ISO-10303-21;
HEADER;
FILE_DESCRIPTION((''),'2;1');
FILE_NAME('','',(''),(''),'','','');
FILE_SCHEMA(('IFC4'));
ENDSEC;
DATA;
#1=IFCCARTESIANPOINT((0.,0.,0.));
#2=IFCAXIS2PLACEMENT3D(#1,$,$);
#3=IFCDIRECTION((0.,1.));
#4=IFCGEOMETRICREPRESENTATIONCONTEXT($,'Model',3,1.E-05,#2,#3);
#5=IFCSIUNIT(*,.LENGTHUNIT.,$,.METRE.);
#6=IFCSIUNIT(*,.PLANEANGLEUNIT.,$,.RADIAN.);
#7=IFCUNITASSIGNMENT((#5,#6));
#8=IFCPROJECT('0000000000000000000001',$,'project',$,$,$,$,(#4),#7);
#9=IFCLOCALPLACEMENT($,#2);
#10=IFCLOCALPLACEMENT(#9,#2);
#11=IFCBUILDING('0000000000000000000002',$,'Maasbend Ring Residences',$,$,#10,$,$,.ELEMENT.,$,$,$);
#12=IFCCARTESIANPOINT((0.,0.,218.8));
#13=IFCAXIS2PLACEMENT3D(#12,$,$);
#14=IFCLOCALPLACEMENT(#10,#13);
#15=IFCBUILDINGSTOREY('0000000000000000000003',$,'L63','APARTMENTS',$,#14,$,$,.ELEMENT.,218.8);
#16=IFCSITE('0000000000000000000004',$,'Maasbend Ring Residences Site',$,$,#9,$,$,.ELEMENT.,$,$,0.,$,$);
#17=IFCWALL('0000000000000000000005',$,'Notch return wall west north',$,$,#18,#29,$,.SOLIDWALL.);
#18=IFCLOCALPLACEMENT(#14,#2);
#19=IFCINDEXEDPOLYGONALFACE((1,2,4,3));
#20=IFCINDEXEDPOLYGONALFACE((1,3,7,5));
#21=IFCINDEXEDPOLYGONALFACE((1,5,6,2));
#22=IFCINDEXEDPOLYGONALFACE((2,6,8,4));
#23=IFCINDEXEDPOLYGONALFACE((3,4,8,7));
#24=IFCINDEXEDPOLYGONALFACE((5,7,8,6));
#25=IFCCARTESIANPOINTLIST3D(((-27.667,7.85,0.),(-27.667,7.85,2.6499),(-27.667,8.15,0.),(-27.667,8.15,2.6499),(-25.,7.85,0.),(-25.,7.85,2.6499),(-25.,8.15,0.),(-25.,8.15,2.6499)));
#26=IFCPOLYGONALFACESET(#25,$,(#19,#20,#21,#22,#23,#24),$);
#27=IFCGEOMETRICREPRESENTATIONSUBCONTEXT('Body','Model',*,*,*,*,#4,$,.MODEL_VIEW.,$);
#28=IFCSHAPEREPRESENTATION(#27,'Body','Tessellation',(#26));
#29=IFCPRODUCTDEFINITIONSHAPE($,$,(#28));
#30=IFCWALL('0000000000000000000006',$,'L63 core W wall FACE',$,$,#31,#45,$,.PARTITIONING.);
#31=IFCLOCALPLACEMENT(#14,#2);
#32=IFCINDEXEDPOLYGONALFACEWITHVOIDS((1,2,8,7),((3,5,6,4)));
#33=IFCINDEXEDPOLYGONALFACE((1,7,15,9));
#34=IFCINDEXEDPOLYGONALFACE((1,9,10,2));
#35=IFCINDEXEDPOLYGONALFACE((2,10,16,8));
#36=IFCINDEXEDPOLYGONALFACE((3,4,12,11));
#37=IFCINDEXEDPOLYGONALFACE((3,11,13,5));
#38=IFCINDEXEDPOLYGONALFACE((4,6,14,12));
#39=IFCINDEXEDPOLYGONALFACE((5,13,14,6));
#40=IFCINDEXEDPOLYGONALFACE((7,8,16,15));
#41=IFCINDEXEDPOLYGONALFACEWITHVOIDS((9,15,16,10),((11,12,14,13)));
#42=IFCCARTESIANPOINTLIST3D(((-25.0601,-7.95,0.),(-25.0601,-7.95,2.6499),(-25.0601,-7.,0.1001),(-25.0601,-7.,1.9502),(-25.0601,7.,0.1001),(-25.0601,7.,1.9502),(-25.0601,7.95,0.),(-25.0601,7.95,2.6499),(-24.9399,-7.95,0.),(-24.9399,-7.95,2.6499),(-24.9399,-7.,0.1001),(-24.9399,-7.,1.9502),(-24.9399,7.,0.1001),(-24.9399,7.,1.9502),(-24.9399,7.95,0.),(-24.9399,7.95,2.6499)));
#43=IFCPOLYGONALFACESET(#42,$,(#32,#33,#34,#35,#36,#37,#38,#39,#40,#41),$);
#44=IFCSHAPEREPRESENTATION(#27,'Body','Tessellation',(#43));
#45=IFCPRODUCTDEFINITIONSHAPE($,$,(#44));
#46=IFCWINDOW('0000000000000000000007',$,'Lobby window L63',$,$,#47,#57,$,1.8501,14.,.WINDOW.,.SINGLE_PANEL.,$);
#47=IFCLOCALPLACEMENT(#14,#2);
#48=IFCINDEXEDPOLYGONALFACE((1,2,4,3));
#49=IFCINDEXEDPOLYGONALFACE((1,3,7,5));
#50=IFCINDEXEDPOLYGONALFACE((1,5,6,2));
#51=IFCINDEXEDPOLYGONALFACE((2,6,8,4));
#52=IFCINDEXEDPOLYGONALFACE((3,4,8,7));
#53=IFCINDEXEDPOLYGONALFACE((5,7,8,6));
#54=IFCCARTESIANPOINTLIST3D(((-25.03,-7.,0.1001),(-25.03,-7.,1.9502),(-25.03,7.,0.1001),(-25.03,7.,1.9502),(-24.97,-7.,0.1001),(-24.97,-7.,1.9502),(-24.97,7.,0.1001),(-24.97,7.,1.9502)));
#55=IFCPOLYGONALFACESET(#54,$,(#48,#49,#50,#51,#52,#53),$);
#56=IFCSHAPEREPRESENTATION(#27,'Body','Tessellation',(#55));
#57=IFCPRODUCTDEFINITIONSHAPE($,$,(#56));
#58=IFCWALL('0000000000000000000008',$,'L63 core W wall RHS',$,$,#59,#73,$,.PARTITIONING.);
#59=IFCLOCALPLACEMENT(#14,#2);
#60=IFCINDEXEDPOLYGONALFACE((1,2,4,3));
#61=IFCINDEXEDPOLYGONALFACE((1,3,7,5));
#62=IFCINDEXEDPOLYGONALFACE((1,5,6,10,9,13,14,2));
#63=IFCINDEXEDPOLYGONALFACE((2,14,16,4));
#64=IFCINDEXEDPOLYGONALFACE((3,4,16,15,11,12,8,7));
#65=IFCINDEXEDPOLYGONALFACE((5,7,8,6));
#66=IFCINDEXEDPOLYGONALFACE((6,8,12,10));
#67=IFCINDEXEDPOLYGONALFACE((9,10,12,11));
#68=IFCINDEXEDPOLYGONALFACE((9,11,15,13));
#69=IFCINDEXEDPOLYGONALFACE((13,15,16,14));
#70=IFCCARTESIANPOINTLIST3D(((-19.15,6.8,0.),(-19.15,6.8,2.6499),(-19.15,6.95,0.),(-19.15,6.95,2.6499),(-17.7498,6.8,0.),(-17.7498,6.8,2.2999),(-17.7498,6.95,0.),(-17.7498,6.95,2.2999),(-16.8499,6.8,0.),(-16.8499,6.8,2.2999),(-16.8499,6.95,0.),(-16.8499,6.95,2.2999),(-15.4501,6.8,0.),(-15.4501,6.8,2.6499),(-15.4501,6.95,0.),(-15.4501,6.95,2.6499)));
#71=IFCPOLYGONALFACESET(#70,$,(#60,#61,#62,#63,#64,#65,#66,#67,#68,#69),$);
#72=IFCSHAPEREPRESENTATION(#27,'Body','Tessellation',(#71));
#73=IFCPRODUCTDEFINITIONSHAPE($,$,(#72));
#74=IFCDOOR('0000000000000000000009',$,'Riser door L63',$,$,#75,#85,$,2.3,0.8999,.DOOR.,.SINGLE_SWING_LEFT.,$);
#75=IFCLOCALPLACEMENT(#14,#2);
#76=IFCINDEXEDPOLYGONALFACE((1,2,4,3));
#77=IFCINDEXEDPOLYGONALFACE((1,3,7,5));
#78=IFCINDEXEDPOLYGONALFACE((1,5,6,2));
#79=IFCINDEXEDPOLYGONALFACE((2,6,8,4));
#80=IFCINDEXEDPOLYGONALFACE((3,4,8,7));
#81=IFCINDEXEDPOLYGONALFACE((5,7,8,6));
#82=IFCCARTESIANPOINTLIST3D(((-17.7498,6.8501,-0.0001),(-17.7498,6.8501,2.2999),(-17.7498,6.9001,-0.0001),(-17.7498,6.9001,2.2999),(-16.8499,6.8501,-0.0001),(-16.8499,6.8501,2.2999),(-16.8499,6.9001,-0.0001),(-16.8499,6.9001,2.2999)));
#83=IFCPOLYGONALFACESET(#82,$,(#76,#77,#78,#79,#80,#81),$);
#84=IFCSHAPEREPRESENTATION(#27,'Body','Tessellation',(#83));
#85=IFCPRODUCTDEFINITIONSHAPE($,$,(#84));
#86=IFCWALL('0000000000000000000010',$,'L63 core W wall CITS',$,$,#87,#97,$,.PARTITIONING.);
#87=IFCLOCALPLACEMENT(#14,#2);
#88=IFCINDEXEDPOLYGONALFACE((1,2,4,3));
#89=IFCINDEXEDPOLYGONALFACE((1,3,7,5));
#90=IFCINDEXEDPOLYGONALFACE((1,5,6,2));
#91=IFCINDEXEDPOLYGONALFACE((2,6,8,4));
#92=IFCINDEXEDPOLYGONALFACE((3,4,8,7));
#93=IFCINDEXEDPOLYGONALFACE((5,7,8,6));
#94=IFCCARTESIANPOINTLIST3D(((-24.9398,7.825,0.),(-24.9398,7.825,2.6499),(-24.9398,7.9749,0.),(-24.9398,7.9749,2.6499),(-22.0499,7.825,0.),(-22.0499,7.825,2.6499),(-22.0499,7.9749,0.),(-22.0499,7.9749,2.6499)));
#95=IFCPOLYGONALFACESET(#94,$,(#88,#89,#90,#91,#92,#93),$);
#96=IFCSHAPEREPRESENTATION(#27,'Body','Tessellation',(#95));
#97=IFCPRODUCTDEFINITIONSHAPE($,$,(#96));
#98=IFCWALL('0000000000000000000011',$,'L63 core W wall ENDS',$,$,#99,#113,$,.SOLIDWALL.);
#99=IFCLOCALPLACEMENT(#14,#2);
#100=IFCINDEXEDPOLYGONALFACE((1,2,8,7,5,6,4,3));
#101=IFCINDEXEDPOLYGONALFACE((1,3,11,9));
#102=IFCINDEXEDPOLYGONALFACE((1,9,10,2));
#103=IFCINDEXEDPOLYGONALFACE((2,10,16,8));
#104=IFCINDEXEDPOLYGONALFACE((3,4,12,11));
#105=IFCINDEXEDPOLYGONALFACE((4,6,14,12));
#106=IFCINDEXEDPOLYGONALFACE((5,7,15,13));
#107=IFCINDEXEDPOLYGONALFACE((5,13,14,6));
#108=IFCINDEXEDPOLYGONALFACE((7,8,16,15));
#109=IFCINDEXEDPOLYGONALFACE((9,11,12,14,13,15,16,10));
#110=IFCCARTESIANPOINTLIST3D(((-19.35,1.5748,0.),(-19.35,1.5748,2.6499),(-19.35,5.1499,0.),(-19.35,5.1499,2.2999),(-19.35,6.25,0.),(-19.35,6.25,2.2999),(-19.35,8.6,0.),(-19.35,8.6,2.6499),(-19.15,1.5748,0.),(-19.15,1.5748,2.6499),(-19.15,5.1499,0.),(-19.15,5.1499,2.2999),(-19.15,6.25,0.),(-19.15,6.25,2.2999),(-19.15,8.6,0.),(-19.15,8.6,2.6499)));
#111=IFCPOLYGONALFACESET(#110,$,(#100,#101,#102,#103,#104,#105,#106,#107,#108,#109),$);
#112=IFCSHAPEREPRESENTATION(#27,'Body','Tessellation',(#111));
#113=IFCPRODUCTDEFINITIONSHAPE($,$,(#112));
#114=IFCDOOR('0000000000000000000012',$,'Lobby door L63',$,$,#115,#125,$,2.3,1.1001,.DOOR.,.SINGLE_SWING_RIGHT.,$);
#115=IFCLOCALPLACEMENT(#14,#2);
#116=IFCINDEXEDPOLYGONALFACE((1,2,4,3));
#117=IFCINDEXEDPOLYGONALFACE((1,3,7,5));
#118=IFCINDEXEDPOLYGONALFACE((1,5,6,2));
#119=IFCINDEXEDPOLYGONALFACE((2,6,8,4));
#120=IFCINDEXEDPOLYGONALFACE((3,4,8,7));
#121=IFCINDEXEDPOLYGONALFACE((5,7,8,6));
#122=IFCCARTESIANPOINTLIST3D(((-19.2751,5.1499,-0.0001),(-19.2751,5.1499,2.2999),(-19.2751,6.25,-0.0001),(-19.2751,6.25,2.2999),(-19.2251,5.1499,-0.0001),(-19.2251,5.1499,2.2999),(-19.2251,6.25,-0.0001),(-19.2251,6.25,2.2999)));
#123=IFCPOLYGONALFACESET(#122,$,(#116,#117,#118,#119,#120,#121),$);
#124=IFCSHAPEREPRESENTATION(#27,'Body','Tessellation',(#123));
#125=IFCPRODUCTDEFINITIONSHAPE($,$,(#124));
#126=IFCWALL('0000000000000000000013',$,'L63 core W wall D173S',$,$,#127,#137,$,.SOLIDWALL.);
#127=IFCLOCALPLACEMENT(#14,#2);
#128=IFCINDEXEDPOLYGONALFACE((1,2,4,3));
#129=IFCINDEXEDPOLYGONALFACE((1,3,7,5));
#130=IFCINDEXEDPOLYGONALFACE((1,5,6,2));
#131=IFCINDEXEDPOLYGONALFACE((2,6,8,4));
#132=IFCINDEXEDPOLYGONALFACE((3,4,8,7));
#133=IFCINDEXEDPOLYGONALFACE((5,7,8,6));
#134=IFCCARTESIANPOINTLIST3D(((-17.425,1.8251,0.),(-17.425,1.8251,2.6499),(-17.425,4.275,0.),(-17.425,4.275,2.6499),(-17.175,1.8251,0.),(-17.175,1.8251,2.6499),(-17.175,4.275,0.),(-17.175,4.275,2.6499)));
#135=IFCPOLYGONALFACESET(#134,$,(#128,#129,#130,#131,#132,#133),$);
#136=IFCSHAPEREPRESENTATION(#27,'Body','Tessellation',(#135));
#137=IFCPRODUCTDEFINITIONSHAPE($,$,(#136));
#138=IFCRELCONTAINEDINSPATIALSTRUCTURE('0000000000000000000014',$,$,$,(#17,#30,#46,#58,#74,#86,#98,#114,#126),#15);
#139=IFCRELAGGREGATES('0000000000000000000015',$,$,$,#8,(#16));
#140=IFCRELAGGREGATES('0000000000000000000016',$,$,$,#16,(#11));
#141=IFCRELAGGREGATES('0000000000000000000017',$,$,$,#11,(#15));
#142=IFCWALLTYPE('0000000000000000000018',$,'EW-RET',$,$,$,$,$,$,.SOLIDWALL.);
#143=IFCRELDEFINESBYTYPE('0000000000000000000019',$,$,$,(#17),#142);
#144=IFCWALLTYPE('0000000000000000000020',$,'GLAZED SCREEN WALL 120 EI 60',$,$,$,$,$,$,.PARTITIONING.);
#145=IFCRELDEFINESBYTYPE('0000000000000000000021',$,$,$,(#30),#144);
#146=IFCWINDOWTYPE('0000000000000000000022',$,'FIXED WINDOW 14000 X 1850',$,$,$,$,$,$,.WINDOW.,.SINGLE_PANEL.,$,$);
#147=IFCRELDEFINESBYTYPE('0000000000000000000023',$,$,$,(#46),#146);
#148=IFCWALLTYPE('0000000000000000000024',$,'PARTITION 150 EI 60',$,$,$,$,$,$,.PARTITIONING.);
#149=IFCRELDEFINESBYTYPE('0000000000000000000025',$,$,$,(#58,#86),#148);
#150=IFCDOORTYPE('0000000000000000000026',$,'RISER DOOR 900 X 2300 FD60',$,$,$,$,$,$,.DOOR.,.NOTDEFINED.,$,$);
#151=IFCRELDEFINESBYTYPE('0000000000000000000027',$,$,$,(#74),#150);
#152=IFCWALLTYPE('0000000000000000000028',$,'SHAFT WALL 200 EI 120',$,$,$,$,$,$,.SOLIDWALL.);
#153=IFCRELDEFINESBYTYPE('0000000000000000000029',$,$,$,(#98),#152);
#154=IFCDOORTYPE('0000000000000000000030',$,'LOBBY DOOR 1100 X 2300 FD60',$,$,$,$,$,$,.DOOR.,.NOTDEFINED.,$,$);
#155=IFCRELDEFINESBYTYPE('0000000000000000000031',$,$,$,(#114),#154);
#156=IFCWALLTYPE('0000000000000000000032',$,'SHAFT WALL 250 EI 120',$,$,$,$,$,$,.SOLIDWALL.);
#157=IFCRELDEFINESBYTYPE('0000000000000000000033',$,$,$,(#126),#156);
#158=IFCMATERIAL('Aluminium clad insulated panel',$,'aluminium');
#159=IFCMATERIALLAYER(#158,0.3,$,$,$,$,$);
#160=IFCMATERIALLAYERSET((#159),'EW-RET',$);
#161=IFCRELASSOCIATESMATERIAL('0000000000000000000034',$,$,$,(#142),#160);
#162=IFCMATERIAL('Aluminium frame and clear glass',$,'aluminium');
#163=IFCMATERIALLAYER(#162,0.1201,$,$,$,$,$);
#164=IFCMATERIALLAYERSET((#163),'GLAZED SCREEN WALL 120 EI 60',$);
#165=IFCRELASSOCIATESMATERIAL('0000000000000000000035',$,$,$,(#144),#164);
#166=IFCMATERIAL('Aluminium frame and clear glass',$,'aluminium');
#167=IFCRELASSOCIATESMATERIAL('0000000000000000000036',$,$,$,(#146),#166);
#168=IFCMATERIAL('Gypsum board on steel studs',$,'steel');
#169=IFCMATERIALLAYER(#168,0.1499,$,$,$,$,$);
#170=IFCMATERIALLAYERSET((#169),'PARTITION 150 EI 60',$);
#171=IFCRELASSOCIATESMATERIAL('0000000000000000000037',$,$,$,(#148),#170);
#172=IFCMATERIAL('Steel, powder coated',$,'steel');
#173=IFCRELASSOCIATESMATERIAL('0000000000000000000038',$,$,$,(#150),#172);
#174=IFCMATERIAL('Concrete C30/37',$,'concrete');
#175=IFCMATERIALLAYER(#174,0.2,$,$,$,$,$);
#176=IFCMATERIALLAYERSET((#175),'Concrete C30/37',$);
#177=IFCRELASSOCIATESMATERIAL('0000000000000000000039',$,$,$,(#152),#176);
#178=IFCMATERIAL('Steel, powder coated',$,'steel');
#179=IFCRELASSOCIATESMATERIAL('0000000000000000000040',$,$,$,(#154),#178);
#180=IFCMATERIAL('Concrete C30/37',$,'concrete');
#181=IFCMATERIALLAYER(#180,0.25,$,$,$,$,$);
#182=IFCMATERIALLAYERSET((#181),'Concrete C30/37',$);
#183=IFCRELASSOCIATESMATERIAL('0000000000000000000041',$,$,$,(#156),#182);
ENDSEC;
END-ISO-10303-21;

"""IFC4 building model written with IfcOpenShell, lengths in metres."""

from ifc_helpers import new_model, si_unit, direction, frame, frame_2d, origin, place, context, subcontext, project, spatial, rectangle, extrude, material, layer, layer_set, type_object, element, fill, save


model = new_model("IFC4")

# Units and contexts
model_context = context("Model", 3, precision=1e-05, world=origin(), true_north=direction((0.0, 1.0)))
body_context = subcontext(model_context, "Body", "Model", "MODEL_VIEW")
ifc_project = project(units=[si_unit("LENGTHUNIT", "METRE"), si_unit("PLANEANGLEUNIT", "RADIAN")], contexts=[model_context])

# Site, building, storey
site_placement = place(None, origin())
site = spatial("IfcSite", under=ifc_project, at=site_placement, Name="Maasbend Ring Residences Site", CompositionType="ELEMENT", RefElevation=0.0)
building_placement = place(site_placement, origin())
building = spatial("IfcBuilding", under=site, at=building_placement, Name="Maasbend Ring Residences", CompositionType="ELEMENT")
storey_placement = place(building_placement, frame((0.0, 0.0, 218.8)))
storey = spatial("IfcBuildingStorey", under=building, at=storey_placement, Name="L63", Description="APARTMENTS", CompositionType="ELEMENT", Elevation=218.8)

# Wall
ifc_material_1 = material(Name="Aluminium clad insulated panel", Category="aluminium")
ifc_layer_1 = layer(ifc_material_1, 0.3)
ifc_layer_set_1 = layer_set([ifc_layer_1], Name="EW-RET")
wall_type_1 = type_object("IfcWallType", Name="EW-RET", PredefinedType="SOLIDWALL", material=ifc_layer_set_1)
wall_1_placement = place(storey_placement, frame((-25.0, 8.0, 0.0), z_axis=(0.0, 0.0, 1.0), x_axis=(-1.0, 0.0, 0.0)))
element("IfcWall", 1, at=wall_1_placement, inside=storey, type_object=wall_type_1, Name="Notch return wall west north", PredefinedType="SOLIDWALL", context=body_context, shape_type="SweptSolid", body=[
    extrude(rectangle(XDim=2.667, YDim=0.3, at=frame_2d((1.3335, 0.0))), origin(), (0.0, 0.0, 1.0), 2.6499),
])

# Wall, opening, window
ifc_material_2 = material(Name="Aluminium frame and clear glass", Category="aluminium")
ifc_layer_2 = layer(ifc_material_2, 0.1201)
ifc_layer_set_2 = layer_set([ifc_layer_2], Name="GLAZED SCREEN WALL 120 EI 60")
wall_type_2 = type_object("IfcWallType", Name="GLAZED SCREEN WALL 120 EI 60", PredefinedType="PARTITIONING", material=ifc_layer_set_2)
wall_2_placement = place(storey_placement, frame((-25.0, 7.95, 0.0), z_axis=(0.0, 0.0, 1.0), x_axis=(0.0, -1.0, 0.0)))
wall_2 = element("IfcWall", 2, at=wall_2_placement, inside=storey, type_object=wall_type_2, Name="L63 core W wall FACE", PredefinedType="PARTITIONING", context=body_context, shape_type="SweptSolid", body=[
    extrude(rectangle(XDim=15.8999, YDim=0.1201, at=frame_2d((7.95, 0.0))), origin(), (0.0, 0.0, 1.0), 2.6499),
])
opening_1_placement = place(wall_2_placement, frame((0.95, 0.0, 0.1001)))
opening_1 = element("IfcOpeningElement", 3, at=opening_1_placement, cuts=wall_2, PredefinedType="OPENING", context=body_context, shape_type="SweptSolid", body=[
    extrude(rectangle(XDim=14.0, YDim=1.8501, at=frame_2d((7.0, 0.925))), frame((0.0, 0.0701, 0.0), z_axis=(0.0, -1.0, 0.0), x_axis=(1.0, 0.0, 0.0)), (0.0, 0.0, 1.0), 0.1401),
])
ifc_material_3 = material(Name="Aluminium frame and clear glass", Category="aluminium")
window_type_1 = type_object("IfcWindowType", Name="FIXED WINDOW 14000 X 1850", PartitioningType="SINGLE_PANEL", PredefinedType="WINDOW", material=ifc_material_3)
window_1_placement = place(opening_1_placement, origin())
window_1 = element("IfcWindow", 4, at=window_1_placement, inside=storey, type_object=window_type_1, Name="Lobby window L63", OverallHeight=1.8501, OverallWidth=14.0, PartitioningType="SINGLE_PANEL", PredefinedType="WINDOW", context=body_context, shape_type="SweptSolid", body=[
    extrude(rectangle(XDim=14.0, YDim=1.8501, at=frame_2d((7.0, 0.925))), frame((0.0, 0.03, 0.0), z_axis=(0.0, -1.0, 0.0), x_axis=(1.0, 0.0, 0.0)), (0.0, 0.0, 1.0), 0.0601),
])
fill(opening_1, window_1)

# Wall, opening, door
ifc_material_4 = material(Name="Gypsum board on steel studs", Category="steel")
ifc_layer_3 = layer(ifc_material_4, 0.1499)
ifc_layer_set_3 = layer_set([ifc_layer_3], Name="PARTITION 150 EI 60")
wall_type_3 = type_object("IfcWallType", Name="PARTITION 150 EI 60", PredefinedType="PARTITIONING", material=ifc_layer_set_3)
wall_3_placement = place(storey_placement, frame((-15.45, 6.875, 0.0), z_axis=(0.0, 0.0, 1.0), x_axis=(-1.0, 0.0, 0.0)))
wall_3 = element("IfcWall", 5, at=wall_3_placement, inside=storey, type_object=wall_type_3, Name="L63 core W wall RHS", PredefinedType="PARTITIONING", context=body_context, shape_type="SweptSolid", body=[
    extrude(rectangle(XDim=3.7, YDim=0.1499, at=frame_2d((1.8501, 0.0))), origin(), (0.0, 0.0, 1.0), 2.6499),
])
opening_2_placement = place(wall_3_placement, frame((1.3999, 0.0, 0.0)))
opening_2 = element("IfcOpeningElement", 6, at=opening_2_placement, cuts=wall_3, PredefinedType="OPENING", context=body_context, shape_type="SweptSolid", body=[
    extrude(rectangle(XDim=0.8999, YDim=2.3, at=frame_2d((0.45, 1.1499))), frame((0.0, 0.085, 0.0), z_axis=(0.0, -1.0, 0.0), x_axis=(1.0, 0.0, 0.0)), (0.0, 0.0, 1.0), 0.1699),
])
ifc_material_5 = material(Name="Steel, powder coated", Category="steel")
door_type_1 = type_object("IfcDoorType", Name="RISER DOOR 900 X 2300 FD60", OperationType="NOTDEFINED", PredefinedType="DOOR", material=ifc_material_5)
door_1_placement = place(opening_2_placement, origin())
door_1 = element("IfcDoor", 7, at=door_1_placement, inside=storey, type_object=door_type_1, Name="Riser door L63", OperationType="SINGLE_SWING_LEFT", OverallHeight=2.3, OverallWidth=0.8999, PredefinedType="DOOR", context=body_context, shape_type="SweptSolid", body=[
    extrude(rectangle(XDim=0.8999, YDim=2.3, at=frame_2d((0.45, 1.1499))), frame((0.0, 0.0249, 0.0), z_axis=(0.0, -1.0, 0.0), x_axis=(1.0, 0.0, 0.0)), (0.0, 0.0, 1.0), 0.05),
])
fill(opening_2, door_1)

# Wall
wall_4_placement = place(storey_placement, frame((-22.05, 7.8999, 0.0), z_axis=(0.0, 0.0, 1.0), x_axis=(-1.0, 0.0, 0.0)))
element("IfcWall", 8, at=wall_4_placement, inside=storey, type_object=wall_type_3, Name="L63 core W wall CITS", PredefinedType="PARTITIONING", context=body_context, shape_type="SweptSolid", body=[
    extrude(rectangle(XDim=2.8899, YDim=0.1499, at=frame_2d((1.4448, 0.0))), origin(), (0.0, 0.0, 1.0), 2.6499),
])

# Wall, opening, door
ifc_material_6 = material(Name="Concrete C30/37", Category="concrete")
ifc_layer_4 = layer(ifc_material_6, 0.2)
ifc_layer_set_4 = layer_set([ifc_layer_4], Name="Concrete C30/37")
wall_type_4 = type_object("IfcWallType", Name="SHAFT WALL 200 EI 120", PredefinedType="SOLIDWALL", material=ifc_layer_set_4)
wall_5_placement = place(storey_placement, frame((-19.25, 8.6001, 0.0), z_axis=(0.0, 0.0, 1.0), x_axis=(0.0, -1.0, 0.0)))
wall_5 = element("IfcWall", 9, at=wall_5_placement, inside=storey, type_object=wall_type_4, Name="L63 core W wall ENDS", PredefinedType="SOLIDWALL", context=body_context, shape_type="SweptSolid", body=[
    extrude(rectangle(XDim=7.0251, YDim=0.2, at=frame_2d((3.5127, 0.0))), origin(), (0.0, 0.0, 1.0), 2.6499),
])
opening_3_placement = place(wall_5_placement, frame((2.3501, 0.0, 0.0)))
opening_3 = element("IfcOpeningElement", 10, at=opening_3_placement, cuts=wall_5, PredefinedType="OPENING", context=body_context, shape_type="SweptSolid", body=[
    extrude(rectangle(XDim=1.1001, YDim=2.3, at=frame_2d((0.55, 1.1499))), frame((0.0, 0.1099, 0.0), z_axis=(0.0, -1.0, 0.0), x_axis=(1.0, 0.0, 0.0)), (0.0, 0.0, 1.0), 0.22),
])
ifc_material_7 = material(Name="Steel, powder coated", Category="steel")
door_type_2 = type_object("IfcDoorType", Name="LOBBY DOOR 1100 X 2300 FD60", OperationType="NOTDEFINED", PredefinedType="DOOR", material=ifc_material_7)
door_2_placement = place(opening_3_placement, origin())
door_2 = element("IfcDoor", 11, at=door_2_placement, inside=storey, type_object=door_type_2, Name="Lobby door L63", OperationType="SINGLE_SWING_RIGHT", OverallHeight=2.3, OverallWidth=1.1001, PredefinedType="DOOR", context=body_context, shape_type="SweptSolid", body=[
    extrude(rectangle(XDim=1.1001, YDim=2.3, at=frame_2d((0.55, 1.1499))), frame((0.0, 0.0249, 0.0), z_axis=(0.0, -1.0, 0.0), x_axis=(1.0, 0.0, 0.0)), (0.0, 0.0, 1.0), 0.05),
])
fill(opening_3, door_2)

# Wall
ifc_material_8 = material(Name="Concrete C30/37", Category="concrete")
ifc_layer_5 = layer(ifc_material_8, 0.25)
ifc_layer_set_5 = layer_set([ifc_layer_5], Name="Concrete C30/37")
wall_type_5 = type_object("IfcWallType", Name="SHAFT WALL 250 EI 120", PredefinedType="SOLIDWALL", material=ifc_layer_set_5)
wall_6_placement = place(storey_placement, frame((-17.3, 1.825, 0.0), z_axis=(0.0, 0.0, 1.0), x_axis=(0.0, 1.0, 0.0)))
element("IfcWall", 12, at=wall_6_placement, inside=storey, type_object=wall_type_5, Name="L63 core W wall D173S", PredefinedType="SOLIDWALL", context=body_context, shape_type="SweptSolid", body=[
    extrude(rectangle(XDim=2.45, YDim=0.25, at=frame_2d((1.2251, 0.0))), origin(), (0.0, 0.0, 1.0), 2.6499),
])

save(model, "model.ifc")
